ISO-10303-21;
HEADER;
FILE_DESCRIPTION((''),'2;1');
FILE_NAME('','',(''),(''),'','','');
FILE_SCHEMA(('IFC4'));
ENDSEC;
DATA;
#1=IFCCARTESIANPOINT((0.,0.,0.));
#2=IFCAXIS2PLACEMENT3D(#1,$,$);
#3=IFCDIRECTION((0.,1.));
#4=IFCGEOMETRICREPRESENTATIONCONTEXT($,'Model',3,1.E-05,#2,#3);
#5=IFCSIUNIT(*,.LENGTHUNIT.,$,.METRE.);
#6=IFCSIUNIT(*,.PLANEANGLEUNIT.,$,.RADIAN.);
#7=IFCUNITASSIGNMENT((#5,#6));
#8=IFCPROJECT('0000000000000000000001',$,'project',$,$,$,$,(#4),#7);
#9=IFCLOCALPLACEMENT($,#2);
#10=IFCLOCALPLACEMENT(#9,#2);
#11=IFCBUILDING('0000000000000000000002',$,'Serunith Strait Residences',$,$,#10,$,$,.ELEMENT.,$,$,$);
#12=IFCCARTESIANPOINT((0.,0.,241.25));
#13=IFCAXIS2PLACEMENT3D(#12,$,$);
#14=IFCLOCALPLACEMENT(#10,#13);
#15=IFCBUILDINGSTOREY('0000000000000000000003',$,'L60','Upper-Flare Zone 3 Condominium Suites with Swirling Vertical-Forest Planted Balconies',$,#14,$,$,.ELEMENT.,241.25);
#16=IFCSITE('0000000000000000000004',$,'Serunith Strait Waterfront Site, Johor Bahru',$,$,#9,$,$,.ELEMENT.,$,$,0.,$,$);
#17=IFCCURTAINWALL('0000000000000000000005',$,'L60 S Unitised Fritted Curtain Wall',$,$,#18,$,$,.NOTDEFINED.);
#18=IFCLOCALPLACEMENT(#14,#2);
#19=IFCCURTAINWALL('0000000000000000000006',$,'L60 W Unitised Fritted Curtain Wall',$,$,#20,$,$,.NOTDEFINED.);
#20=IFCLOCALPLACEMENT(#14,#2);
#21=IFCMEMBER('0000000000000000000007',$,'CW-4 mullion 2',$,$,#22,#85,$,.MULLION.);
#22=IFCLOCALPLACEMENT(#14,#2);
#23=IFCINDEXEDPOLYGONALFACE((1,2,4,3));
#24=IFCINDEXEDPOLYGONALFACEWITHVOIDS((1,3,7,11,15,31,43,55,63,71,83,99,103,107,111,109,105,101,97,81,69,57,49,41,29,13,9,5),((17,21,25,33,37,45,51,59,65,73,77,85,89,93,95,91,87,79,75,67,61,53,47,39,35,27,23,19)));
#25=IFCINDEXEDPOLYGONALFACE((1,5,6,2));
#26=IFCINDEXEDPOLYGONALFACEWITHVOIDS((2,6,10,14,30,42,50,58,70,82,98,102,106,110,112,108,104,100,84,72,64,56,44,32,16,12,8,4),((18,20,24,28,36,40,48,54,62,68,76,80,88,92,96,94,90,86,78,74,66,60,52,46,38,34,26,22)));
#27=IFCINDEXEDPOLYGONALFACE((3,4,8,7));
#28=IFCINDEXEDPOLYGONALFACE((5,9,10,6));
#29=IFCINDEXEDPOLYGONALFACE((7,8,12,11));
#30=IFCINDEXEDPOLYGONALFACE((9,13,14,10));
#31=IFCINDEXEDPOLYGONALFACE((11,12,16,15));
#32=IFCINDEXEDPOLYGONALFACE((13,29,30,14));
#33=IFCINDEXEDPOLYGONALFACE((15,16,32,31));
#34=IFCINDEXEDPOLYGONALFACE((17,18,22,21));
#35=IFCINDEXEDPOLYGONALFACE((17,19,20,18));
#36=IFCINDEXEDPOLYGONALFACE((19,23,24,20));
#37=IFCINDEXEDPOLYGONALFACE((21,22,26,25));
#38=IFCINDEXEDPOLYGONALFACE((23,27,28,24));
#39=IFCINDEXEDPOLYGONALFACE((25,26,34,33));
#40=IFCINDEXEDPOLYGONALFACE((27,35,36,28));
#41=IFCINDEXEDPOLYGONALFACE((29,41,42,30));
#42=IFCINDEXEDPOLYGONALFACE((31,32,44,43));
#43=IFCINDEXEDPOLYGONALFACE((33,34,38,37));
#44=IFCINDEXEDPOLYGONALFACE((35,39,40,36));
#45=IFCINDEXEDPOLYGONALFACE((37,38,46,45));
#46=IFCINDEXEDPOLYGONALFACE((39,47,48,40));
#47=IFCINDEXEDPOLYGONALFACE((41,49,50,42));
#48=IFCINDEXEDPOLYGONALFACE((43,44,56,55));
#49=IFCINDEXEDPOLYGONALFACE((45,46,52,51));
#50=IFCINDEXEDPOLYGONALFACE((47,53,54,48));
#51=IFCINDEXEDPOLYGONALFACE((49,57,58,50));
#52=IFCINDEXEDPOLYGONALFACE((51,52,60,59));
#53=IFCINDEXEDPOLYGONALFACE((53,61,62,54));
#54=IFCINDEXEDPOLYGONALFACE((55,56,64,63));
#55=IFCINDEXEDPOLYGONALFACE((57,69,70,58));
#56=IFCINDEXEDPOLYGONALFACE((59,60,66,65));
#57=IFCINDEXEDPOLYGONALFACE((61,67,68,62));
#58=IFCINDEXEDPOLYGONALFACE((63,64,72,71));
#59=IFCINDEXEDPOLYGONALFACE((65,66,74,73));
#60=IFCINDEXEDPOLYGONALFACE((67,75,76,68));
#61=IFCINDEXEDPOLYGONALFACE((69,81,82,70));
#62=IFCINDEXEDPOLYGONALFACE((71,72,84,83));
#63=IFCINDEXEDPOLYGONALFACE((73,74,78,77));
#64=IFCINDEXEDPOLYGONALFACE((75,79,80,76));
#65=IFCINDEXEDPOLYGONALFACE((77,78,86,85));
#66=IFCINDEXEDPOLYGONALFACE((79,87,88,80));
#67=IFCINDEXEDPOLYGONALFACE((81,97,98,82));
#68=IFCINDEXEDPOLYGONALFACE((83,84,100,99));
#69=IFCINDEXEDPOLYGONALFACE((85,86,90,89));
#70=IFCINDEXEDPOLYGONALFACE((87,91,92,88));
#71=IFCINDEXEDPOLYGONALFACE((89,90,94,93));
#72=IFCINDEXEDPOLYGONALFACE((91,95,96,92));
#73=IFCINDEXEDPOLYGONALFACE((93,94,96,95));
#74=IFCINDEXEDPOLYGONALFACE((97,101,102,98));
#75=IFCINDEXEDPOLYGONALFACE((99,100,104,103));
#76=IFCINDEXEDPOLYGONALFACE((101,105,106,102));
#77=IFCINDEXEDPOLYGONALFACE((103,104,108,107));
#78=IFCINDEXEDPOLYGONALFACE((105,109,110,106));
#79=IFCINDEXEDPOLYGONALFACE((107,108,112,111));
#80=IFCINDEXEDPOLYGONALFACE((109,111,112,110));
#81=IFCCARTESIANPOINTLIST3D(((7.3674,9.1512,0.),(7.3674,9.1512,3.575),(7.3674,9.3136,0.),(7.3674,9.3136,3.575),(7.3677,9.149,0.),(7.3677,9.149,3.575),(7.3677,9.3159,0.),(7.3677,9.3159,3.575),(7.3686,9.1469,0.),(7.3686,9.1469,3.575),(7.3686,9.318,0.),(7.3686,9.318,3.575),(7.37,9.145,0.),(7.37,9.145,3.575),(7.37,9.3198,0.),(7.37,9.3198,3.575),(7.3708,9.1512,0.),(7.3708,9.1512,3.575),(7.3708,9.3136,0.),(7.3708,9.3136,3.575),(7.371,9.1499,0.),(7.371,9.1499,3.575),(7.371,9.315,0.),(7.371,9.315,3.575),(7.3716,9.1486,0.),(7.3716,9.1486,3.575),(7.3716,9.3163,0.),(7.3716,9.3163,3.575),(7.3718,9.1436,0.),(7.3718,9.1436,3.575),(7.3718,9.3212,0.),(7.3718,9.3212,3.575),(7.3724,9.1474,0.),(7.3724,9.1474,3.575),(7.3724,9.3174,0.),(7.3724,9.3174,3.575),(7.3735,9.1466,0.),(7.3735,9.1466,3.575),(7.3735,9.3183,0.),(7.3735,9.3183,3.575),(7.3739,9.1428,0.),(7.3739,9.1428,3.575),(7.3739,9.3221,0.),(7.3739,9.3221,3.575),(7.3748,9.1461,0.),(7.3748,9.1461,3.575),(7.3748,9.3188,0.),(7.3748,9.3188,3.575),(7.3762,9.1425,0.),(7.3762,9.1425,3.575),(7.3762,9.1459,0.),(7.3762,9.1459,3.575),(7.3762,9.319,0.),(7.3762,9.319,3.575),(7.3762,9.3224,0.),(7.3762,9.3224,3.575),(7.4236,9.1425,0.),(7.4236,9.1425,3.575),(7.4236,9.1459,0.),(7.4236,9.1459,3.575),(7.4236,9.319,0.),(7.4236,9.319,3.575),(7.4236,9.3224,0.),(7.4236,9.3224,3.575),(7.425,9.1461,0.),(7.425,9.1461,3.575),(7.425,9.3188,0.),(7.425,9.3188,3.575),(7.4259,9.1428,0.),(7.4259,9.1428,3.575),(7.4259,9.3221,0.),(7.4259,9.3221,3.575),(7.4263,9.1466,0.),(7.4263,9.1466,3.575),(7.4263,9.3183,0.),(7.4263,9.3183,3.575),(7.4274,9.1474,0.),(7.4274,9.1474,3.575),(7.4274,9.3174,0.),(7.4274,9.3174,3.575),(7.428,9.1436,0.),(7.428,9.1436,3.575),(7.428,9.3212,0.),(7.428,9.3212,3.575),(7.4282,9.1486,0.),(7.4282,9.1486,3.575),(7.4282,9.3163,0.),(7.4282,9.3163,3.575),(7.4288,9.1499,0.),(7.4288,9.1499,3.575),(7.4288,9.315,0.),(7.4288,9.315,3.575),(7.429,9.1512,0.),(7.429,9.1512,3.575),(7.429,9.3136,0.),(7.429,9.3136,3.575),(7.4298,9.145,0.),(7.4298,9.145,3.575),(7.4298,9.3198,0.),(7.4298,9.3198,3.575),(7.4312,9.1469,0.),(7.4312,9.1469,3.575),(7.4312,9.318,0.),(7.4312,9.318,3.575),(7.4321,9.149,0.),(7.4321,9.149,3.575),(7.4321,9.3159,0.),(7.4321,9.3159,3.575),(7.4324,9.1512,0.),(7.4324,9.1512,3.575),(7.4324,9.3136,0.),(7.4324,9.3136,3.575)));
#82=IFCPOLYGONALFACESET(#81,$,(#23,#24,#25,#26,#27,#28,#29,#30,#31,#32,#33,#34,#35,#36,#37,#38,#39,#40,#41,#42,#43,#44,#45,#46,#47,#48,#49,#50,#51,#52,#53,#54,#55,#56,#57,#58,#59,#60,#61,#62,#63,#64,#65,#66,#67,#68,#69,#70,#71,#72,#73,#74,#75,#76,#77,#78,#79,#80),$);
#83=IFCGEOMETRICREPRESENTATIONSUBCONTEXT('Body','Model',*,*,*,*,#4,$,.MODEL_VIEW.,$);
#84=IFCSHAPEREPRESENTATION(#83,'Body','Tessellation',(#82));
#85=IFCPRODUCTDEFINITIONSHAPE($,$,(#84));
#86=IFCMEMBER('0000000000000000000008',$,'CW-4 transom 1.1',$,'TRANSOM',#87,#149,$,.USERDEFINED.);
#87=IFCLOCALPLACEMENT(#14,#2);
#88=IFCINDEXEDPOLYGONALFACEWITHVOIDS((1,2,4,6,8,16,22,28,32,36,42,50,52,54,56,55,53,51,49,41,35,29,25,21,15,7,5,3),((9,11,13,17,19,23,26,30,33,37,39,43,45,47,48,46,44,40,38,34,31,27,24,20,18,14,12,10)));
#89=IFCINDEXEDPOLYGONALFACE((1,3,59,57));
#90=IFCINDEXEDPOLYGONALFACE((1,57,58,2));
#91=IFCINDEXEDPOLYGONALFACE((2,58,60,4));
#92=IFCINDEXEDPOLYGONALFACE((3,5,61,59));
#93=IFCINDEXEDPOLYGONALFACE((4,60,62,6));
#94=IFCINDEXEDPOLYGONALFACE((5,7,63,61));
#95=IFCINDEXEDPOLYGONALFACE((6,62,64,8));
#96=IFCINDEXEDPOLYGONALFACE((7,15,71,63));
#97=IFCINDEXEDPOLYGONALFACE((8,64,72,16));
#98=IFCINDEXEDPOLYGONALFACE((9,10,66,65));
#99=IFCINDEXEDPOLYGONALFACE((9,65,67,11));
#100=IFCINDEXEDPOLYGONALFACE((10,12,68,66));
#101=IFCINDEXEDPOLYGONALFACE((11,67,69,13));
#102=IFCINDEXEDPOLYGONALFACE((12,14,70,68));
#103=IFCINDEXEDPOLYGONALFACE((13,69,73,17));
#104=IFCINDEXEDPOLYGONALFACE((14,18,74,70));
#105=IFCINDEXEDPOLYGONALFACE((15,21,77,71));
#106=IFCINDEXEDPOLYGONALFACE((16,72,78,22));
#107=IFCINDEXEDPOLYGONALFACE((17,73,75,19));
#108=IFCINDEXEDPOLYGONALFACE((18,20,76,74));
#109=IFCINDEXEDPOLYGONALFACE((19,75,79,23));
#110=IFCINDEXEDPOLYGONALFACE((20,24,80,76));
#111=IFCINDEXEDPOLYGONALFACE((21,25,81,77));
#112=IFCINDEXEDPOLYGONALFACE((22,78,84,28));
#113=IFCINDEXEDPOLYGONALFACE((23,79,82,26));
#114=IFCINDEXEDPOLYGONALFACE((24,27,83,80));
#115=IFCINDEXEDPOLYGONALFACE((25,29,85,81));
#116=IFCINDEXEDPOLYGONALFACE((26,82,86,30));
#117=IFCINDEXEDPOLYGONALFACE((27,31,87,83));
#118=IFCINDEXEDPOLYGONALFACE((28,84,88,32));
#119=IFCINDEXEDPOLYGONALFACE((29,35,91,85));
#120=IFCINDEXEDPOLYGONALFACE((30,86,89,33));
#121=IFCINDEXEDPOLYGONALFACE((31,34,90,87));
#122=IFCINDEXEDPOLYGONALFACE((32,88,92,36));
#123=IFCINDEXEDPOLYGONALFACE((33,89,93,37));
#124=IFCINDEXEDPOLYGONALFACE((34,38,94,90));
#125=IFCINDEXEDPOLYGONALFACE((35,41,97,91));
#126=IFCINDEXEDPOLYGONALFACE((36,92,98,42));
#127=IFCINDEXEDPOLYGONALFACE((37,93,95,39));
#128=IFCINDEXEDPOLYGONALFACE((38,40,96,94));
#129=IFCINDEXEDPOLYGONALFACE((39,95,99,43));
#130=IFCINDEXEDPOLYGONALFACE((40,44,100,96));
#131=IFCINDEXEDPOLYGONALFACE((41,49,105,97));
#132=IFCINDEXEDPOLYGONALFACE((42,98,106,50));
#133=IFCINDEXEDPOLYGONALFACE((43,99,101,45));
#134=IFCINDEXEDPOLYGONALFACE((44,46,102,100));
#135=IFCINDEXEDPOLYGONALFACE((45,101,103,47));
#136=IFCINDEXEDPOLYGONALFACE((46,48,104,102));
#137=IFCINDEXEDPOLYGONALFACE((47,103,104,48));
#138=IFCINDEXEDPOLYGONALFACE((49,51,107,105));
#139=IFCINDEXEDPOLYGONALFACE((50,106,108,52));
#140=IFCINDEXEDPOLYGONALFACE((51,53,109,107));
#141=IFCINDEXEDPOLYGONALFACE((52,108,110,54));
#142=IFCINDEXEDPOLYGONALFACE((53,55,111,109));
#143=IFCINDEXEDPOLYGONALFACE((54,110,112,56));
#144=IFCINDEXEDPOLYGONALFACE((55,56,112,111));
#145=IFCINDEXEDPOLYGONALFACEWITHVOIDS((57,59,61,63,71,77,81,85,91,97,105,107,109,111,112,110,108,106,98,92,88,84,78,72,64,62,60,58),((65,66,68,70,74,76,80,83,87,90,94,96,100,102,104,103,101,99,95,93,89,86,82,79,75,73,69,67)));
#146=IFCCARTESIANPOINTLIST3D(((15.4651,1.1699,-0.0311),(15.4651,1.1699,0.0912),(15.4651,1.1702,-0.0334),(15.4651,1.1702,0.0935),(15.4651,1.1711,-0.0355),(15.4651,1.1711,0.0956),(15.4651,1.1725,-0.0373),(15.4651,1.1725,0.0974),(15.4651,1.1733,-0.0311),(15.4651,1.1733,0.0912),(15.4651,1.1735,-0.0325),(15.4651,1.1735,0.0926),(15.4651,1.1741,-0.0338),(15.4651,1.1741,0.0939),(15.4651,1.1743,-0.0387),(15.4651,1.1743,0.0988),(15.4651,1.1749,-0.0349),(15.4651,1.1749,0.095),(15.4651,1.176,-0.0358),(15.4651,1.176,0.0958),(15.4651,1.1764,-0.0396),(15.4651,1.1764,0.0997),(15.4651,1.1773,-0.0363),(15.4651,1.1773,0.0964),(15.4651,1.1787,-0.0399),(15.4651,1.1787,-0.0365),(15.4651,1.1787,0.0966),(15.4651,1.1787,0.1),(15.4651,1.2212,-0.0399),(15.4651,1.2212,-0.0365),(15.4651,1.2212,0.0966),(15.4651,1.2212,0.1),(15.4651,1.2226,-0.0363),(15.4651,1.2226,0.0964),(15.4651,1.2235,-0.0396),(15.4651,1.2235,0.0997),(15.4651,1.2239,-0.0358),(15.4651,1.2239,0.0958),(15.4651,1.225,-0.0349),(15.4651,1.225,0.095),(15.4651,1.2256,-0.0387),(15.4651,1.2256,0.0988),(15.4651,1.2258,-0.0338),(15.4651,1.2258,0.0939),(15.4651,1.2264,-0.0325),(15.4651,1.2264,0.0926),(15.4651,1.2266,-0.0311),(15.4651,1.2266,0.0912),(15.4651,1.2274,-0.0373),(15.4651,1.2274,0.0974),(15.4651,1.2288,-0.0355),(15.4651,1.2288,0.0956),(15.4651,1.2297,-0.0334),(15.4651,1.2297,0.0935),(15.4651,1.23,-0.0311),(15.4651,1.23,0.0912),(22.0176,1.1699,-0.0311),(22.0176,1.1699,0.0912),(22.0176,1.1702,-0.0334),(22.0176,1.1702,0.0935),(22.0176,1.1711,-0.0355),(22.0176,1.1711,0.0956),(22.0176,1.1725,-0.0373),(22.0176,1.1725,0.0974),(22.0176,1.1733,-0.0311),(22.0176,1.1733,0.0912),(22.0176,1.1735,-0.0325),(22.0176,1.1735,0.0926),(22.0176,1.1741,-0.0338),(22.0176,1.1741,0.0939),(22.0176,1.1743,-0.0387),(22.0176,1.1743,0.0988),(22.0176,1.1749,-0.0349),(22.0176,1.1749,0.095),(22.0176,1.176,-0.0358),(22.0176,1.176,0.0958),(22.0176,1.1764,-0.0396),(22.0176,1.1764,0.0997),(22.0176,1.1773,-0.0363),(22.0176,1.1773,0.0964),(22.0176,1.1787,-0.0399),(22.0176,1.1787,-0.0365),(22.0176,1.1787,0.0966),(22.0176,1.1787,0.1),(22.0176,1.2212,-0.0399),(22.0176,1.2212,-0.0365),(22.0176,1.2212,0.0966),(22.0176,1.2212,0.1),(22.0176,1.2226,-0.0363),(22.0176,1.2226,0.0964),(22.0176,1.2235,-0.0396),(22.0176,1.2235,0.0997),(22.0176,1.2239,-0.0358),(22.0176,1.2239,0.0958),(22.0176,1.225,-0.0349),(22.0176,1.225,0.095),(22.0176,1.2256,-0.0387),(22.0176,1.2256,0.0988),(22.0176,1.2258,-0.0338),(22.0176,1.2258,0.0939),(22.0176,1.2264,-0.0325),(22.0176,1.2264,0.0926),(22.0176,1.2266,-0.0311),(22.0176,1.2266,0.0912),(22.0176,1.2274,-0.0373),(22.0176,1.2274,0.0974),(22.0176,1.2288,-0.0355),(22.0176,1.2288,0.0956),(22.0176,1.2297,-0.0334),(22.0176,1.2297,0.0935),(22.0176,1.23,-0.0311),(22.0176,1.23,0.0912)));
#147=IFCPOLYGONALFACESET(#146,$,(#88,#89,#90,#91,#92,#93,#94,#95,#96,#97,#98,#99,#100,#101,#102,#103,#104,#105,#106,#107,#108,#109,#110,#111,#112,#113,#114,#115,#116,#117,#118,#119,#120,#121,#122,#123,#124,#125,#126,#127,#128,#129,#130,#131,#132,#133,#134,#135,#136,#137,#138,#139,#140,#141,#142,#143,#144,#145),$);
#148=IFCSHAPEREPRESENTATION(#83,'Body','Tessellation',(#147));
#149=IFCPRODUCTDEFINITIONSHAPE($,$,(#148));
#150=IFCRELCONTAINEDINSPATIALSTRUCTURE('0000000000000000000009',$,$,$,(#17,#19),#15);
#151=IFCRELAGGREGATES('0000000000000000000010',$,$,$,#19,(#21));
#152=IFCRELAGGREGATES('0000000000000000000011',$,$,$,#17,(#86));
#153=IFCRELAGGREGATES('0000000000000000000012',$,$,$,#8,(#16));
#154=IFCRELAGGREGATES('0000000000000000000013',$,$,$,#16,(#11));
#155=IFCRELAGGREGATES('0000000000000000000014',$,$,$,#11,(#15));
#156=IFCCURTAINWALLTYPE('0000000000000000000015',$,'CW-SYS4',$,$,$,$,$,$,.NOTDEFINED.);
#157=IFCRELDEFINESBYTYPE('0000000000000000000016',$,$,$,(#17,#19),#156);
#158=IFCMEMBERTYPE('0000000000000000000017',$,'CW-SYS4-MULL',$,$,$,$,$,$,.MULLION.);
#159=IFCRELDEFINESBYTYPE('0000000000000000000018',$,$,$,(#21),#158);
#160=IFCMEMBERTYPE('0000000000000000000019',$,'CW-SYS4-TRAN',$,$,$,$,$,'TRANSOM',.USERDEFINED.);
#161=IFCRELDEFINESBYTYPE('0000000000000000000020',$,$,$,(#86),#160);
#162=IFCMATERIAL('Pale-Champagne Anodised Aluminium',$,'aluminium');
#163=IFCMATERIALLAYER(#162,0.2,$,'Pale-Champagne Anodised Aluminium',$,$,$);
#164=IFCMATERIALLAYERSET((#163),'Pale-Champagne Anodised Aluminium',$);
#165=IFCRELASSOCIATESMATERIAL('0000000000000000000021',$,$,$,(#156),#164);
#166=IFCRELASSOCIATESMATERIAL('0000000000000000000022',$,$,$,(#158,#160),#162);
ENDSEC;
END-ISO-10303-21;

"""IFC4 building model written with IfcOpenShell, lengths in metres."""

from ifc_helpers import new_model, si_unit, direction, frame, origin, origin_2d, place, context, subcontext, project, spatial, hollow_rectangle, extrude, source, transform, mapped, material, layer, layer_set, material_profile, profile_set, type_object, element, aggregate, save


model = new_model("IFC4")

# Units and contexts
model_context = context("Model", 3, precision=1e-05, world=origin(), true_north=direction((0.0, 1.0)))
body_context = subcontext(model_context, "Body", "Model", "MODEL_VIEW")
ifc_project = project(units=[si_unit("LENGTHUNIT", "METRE"), si_unit("PLANEANGLEUNIT", "RADIAN")], contexts=[model_context])

# Site, building, storey
site_placement = place(None, origin())
site = spatial("IfcSite", under=ifc_project, at=site_placement, Name="Serunith Strait Waterfront Site, Johor Bahru", CompositionType="ELEMENT", RefElevation=0.0)
building_placement = place(site_placement, origin())
building = spatial("IfcBuilding", under=site, at=building_placement, Name="Serunith Strait Residences", CompositionType="ELEMENT")
storey_placement = place(building_placement, frame((0.0, 0.0, 241.25)))
storey = spatial("IfcBuildingStorey", under=building, at=storey_placement, Name="L60", Description="Upper-Flare Zone 3 Condominium Suites with Swirling Vertical-Forest Planted Balconies", CompositionType="ELEMENT", Elevation=241.25)

# Curtain walls, member
ifc_material_1 = material(Name="Pale-Champagne Anodised Aluminium", Category="aluminium")
ifc_layer_1 = layer(ifc_material_1, 0.2, Name="Pale-Champagne Anodised Aluminium")
ifc_layer_set_1 = layer_set([ifc_layer_1], Name="Pale-Champagne Anodised Aluminium")
curtain_wall_type = type_object("IfcCurtainWallType", Name="CW-SYS4", PredefinedType="NOTDEFINED", material=ifc_layer_set_1)
curtain_wall_1_placement = place(storey_placement, origin())
curtain_wall_1 = element("IfcCurtainWall", 1, at=curtain_wall_1_placement, inside=storey, type_object=curtain_wall_type, Name="L60 S Unitised Fritted Curtain Wall", PredefinedType="NOTDEFINED")
ifc_material_profile_1 = material_profile(ifc_material_1, hollow_rectangle(XDim=0.0649, YDim=0.1799, WallThickness=0.0034, InnerFilletRadius=0.0054, OuterFilletRadius=0.0088, at=origin_2d()), Name="ALU 180x65x3.5")
ifc_profile_set_1 = profile_set([ifc_material_profile_1], Name="Pale-Champagne Anodised Aluminium")
member_type_1 = type_object("IfcMemberType", Name="CW-SYS4-MULL", PredefinedType="MULLION", material=ifc_profile_set_1)
shared_shape_1 = source(origin(), body_context, "Body", "SweptSolid", [
    extrude(hollow_rectangle(XDim=0.0649, YDim=0.1799, WallThickness=0.0034, InnerFilletRadius=0.0054, OuterFilletRadius=0.0088, at=origin_2d()), origin(), (0.0, 0.0, 1.0), 3.575),
])
curtain_wall_2_placement = place(storey_placement, origin())
curtain_wall_2 = element("IfcCurtainWall", 2, at=curtain_wall_2_placement, inside=storey, type_object=curtain_wall_type, Name="L60 W Unitised Fritted Curtain Wall", PredefinedType="NOTDEFINED")
member_1_placement = place(storey_placement, frame((7.3999, 9.2324, 0.0), z_axis=(0.0, 0.0, 1.0), x_axis=(1.0, 0.0, 0.0)))
member_1 = element("IfcMember", 3, at=member_1_placement, type_object=member_type_1, Name="CW-4 mullion 2", PredefinedType="MULLION", context=body_context, shape_type="MappedRepresentation", body=[
    mapped(shared_shape_1, transform((0.0, 0.0, 0.0), scale=1.0)),
])
aggregate(curtain_wall_2, [member_1])

# Member
ifc_material_profile_2 = material_profile(ifc_material_1, hollow_rectangle(XDim=0.0601, YDim=0.1399, WallThickness=0.0034, InnerFilletRadius=0.0054, OuterFilletRadius=0.0088, at=origin_2d()), Name="ALU 140x60x3.5")
ifc_profile_set_2 = profile_set([ifc_material_profile_2], Name="Pale-Champagne Anodised Aluminium")
member_type_2 = type_object("IfcMemberType", Name="CW-SYS4-TRAN", ElementType="TRANSOM", PredefinedType="USERDEFINED", material=ifc_profile_set_2)
shared_shape_2 = source(origin(), body_context, "Body", "SweptSolid", [
    extrude(hollow_rectangle(XDim=0.0601, YDim=0.1399, WallThickness=0.0034, InnerFilletRadius=0.0054, OuterFilletRadius=0.0088, at=origin_2d()), origin(), (0.0, 0.0, 1.0), 6.5525),
])
member_2_placement = place(storey_placement, frame((15.4651, 1.2, 0.03), z_axis=(1.0, 0.0, 0.0), x_axis=(0.0, 1.0, 0.0)))
member_2 = element("IfcMember", 4, at=member_2_placement, type_object=member_type_2, Name="CW-4 transom 1.1", ObjectType="TRANSOM", PredefinedType="USERDEFINED", context=body_context, shape_type="MappedRepresentation", body=[
    mapped(shared_shape_2, transform((0.0, 0.0, 0.0), scale=1.0)),
])
aggregate(curtain_wall_1, [member_2])

save(model, "model.ifc")
